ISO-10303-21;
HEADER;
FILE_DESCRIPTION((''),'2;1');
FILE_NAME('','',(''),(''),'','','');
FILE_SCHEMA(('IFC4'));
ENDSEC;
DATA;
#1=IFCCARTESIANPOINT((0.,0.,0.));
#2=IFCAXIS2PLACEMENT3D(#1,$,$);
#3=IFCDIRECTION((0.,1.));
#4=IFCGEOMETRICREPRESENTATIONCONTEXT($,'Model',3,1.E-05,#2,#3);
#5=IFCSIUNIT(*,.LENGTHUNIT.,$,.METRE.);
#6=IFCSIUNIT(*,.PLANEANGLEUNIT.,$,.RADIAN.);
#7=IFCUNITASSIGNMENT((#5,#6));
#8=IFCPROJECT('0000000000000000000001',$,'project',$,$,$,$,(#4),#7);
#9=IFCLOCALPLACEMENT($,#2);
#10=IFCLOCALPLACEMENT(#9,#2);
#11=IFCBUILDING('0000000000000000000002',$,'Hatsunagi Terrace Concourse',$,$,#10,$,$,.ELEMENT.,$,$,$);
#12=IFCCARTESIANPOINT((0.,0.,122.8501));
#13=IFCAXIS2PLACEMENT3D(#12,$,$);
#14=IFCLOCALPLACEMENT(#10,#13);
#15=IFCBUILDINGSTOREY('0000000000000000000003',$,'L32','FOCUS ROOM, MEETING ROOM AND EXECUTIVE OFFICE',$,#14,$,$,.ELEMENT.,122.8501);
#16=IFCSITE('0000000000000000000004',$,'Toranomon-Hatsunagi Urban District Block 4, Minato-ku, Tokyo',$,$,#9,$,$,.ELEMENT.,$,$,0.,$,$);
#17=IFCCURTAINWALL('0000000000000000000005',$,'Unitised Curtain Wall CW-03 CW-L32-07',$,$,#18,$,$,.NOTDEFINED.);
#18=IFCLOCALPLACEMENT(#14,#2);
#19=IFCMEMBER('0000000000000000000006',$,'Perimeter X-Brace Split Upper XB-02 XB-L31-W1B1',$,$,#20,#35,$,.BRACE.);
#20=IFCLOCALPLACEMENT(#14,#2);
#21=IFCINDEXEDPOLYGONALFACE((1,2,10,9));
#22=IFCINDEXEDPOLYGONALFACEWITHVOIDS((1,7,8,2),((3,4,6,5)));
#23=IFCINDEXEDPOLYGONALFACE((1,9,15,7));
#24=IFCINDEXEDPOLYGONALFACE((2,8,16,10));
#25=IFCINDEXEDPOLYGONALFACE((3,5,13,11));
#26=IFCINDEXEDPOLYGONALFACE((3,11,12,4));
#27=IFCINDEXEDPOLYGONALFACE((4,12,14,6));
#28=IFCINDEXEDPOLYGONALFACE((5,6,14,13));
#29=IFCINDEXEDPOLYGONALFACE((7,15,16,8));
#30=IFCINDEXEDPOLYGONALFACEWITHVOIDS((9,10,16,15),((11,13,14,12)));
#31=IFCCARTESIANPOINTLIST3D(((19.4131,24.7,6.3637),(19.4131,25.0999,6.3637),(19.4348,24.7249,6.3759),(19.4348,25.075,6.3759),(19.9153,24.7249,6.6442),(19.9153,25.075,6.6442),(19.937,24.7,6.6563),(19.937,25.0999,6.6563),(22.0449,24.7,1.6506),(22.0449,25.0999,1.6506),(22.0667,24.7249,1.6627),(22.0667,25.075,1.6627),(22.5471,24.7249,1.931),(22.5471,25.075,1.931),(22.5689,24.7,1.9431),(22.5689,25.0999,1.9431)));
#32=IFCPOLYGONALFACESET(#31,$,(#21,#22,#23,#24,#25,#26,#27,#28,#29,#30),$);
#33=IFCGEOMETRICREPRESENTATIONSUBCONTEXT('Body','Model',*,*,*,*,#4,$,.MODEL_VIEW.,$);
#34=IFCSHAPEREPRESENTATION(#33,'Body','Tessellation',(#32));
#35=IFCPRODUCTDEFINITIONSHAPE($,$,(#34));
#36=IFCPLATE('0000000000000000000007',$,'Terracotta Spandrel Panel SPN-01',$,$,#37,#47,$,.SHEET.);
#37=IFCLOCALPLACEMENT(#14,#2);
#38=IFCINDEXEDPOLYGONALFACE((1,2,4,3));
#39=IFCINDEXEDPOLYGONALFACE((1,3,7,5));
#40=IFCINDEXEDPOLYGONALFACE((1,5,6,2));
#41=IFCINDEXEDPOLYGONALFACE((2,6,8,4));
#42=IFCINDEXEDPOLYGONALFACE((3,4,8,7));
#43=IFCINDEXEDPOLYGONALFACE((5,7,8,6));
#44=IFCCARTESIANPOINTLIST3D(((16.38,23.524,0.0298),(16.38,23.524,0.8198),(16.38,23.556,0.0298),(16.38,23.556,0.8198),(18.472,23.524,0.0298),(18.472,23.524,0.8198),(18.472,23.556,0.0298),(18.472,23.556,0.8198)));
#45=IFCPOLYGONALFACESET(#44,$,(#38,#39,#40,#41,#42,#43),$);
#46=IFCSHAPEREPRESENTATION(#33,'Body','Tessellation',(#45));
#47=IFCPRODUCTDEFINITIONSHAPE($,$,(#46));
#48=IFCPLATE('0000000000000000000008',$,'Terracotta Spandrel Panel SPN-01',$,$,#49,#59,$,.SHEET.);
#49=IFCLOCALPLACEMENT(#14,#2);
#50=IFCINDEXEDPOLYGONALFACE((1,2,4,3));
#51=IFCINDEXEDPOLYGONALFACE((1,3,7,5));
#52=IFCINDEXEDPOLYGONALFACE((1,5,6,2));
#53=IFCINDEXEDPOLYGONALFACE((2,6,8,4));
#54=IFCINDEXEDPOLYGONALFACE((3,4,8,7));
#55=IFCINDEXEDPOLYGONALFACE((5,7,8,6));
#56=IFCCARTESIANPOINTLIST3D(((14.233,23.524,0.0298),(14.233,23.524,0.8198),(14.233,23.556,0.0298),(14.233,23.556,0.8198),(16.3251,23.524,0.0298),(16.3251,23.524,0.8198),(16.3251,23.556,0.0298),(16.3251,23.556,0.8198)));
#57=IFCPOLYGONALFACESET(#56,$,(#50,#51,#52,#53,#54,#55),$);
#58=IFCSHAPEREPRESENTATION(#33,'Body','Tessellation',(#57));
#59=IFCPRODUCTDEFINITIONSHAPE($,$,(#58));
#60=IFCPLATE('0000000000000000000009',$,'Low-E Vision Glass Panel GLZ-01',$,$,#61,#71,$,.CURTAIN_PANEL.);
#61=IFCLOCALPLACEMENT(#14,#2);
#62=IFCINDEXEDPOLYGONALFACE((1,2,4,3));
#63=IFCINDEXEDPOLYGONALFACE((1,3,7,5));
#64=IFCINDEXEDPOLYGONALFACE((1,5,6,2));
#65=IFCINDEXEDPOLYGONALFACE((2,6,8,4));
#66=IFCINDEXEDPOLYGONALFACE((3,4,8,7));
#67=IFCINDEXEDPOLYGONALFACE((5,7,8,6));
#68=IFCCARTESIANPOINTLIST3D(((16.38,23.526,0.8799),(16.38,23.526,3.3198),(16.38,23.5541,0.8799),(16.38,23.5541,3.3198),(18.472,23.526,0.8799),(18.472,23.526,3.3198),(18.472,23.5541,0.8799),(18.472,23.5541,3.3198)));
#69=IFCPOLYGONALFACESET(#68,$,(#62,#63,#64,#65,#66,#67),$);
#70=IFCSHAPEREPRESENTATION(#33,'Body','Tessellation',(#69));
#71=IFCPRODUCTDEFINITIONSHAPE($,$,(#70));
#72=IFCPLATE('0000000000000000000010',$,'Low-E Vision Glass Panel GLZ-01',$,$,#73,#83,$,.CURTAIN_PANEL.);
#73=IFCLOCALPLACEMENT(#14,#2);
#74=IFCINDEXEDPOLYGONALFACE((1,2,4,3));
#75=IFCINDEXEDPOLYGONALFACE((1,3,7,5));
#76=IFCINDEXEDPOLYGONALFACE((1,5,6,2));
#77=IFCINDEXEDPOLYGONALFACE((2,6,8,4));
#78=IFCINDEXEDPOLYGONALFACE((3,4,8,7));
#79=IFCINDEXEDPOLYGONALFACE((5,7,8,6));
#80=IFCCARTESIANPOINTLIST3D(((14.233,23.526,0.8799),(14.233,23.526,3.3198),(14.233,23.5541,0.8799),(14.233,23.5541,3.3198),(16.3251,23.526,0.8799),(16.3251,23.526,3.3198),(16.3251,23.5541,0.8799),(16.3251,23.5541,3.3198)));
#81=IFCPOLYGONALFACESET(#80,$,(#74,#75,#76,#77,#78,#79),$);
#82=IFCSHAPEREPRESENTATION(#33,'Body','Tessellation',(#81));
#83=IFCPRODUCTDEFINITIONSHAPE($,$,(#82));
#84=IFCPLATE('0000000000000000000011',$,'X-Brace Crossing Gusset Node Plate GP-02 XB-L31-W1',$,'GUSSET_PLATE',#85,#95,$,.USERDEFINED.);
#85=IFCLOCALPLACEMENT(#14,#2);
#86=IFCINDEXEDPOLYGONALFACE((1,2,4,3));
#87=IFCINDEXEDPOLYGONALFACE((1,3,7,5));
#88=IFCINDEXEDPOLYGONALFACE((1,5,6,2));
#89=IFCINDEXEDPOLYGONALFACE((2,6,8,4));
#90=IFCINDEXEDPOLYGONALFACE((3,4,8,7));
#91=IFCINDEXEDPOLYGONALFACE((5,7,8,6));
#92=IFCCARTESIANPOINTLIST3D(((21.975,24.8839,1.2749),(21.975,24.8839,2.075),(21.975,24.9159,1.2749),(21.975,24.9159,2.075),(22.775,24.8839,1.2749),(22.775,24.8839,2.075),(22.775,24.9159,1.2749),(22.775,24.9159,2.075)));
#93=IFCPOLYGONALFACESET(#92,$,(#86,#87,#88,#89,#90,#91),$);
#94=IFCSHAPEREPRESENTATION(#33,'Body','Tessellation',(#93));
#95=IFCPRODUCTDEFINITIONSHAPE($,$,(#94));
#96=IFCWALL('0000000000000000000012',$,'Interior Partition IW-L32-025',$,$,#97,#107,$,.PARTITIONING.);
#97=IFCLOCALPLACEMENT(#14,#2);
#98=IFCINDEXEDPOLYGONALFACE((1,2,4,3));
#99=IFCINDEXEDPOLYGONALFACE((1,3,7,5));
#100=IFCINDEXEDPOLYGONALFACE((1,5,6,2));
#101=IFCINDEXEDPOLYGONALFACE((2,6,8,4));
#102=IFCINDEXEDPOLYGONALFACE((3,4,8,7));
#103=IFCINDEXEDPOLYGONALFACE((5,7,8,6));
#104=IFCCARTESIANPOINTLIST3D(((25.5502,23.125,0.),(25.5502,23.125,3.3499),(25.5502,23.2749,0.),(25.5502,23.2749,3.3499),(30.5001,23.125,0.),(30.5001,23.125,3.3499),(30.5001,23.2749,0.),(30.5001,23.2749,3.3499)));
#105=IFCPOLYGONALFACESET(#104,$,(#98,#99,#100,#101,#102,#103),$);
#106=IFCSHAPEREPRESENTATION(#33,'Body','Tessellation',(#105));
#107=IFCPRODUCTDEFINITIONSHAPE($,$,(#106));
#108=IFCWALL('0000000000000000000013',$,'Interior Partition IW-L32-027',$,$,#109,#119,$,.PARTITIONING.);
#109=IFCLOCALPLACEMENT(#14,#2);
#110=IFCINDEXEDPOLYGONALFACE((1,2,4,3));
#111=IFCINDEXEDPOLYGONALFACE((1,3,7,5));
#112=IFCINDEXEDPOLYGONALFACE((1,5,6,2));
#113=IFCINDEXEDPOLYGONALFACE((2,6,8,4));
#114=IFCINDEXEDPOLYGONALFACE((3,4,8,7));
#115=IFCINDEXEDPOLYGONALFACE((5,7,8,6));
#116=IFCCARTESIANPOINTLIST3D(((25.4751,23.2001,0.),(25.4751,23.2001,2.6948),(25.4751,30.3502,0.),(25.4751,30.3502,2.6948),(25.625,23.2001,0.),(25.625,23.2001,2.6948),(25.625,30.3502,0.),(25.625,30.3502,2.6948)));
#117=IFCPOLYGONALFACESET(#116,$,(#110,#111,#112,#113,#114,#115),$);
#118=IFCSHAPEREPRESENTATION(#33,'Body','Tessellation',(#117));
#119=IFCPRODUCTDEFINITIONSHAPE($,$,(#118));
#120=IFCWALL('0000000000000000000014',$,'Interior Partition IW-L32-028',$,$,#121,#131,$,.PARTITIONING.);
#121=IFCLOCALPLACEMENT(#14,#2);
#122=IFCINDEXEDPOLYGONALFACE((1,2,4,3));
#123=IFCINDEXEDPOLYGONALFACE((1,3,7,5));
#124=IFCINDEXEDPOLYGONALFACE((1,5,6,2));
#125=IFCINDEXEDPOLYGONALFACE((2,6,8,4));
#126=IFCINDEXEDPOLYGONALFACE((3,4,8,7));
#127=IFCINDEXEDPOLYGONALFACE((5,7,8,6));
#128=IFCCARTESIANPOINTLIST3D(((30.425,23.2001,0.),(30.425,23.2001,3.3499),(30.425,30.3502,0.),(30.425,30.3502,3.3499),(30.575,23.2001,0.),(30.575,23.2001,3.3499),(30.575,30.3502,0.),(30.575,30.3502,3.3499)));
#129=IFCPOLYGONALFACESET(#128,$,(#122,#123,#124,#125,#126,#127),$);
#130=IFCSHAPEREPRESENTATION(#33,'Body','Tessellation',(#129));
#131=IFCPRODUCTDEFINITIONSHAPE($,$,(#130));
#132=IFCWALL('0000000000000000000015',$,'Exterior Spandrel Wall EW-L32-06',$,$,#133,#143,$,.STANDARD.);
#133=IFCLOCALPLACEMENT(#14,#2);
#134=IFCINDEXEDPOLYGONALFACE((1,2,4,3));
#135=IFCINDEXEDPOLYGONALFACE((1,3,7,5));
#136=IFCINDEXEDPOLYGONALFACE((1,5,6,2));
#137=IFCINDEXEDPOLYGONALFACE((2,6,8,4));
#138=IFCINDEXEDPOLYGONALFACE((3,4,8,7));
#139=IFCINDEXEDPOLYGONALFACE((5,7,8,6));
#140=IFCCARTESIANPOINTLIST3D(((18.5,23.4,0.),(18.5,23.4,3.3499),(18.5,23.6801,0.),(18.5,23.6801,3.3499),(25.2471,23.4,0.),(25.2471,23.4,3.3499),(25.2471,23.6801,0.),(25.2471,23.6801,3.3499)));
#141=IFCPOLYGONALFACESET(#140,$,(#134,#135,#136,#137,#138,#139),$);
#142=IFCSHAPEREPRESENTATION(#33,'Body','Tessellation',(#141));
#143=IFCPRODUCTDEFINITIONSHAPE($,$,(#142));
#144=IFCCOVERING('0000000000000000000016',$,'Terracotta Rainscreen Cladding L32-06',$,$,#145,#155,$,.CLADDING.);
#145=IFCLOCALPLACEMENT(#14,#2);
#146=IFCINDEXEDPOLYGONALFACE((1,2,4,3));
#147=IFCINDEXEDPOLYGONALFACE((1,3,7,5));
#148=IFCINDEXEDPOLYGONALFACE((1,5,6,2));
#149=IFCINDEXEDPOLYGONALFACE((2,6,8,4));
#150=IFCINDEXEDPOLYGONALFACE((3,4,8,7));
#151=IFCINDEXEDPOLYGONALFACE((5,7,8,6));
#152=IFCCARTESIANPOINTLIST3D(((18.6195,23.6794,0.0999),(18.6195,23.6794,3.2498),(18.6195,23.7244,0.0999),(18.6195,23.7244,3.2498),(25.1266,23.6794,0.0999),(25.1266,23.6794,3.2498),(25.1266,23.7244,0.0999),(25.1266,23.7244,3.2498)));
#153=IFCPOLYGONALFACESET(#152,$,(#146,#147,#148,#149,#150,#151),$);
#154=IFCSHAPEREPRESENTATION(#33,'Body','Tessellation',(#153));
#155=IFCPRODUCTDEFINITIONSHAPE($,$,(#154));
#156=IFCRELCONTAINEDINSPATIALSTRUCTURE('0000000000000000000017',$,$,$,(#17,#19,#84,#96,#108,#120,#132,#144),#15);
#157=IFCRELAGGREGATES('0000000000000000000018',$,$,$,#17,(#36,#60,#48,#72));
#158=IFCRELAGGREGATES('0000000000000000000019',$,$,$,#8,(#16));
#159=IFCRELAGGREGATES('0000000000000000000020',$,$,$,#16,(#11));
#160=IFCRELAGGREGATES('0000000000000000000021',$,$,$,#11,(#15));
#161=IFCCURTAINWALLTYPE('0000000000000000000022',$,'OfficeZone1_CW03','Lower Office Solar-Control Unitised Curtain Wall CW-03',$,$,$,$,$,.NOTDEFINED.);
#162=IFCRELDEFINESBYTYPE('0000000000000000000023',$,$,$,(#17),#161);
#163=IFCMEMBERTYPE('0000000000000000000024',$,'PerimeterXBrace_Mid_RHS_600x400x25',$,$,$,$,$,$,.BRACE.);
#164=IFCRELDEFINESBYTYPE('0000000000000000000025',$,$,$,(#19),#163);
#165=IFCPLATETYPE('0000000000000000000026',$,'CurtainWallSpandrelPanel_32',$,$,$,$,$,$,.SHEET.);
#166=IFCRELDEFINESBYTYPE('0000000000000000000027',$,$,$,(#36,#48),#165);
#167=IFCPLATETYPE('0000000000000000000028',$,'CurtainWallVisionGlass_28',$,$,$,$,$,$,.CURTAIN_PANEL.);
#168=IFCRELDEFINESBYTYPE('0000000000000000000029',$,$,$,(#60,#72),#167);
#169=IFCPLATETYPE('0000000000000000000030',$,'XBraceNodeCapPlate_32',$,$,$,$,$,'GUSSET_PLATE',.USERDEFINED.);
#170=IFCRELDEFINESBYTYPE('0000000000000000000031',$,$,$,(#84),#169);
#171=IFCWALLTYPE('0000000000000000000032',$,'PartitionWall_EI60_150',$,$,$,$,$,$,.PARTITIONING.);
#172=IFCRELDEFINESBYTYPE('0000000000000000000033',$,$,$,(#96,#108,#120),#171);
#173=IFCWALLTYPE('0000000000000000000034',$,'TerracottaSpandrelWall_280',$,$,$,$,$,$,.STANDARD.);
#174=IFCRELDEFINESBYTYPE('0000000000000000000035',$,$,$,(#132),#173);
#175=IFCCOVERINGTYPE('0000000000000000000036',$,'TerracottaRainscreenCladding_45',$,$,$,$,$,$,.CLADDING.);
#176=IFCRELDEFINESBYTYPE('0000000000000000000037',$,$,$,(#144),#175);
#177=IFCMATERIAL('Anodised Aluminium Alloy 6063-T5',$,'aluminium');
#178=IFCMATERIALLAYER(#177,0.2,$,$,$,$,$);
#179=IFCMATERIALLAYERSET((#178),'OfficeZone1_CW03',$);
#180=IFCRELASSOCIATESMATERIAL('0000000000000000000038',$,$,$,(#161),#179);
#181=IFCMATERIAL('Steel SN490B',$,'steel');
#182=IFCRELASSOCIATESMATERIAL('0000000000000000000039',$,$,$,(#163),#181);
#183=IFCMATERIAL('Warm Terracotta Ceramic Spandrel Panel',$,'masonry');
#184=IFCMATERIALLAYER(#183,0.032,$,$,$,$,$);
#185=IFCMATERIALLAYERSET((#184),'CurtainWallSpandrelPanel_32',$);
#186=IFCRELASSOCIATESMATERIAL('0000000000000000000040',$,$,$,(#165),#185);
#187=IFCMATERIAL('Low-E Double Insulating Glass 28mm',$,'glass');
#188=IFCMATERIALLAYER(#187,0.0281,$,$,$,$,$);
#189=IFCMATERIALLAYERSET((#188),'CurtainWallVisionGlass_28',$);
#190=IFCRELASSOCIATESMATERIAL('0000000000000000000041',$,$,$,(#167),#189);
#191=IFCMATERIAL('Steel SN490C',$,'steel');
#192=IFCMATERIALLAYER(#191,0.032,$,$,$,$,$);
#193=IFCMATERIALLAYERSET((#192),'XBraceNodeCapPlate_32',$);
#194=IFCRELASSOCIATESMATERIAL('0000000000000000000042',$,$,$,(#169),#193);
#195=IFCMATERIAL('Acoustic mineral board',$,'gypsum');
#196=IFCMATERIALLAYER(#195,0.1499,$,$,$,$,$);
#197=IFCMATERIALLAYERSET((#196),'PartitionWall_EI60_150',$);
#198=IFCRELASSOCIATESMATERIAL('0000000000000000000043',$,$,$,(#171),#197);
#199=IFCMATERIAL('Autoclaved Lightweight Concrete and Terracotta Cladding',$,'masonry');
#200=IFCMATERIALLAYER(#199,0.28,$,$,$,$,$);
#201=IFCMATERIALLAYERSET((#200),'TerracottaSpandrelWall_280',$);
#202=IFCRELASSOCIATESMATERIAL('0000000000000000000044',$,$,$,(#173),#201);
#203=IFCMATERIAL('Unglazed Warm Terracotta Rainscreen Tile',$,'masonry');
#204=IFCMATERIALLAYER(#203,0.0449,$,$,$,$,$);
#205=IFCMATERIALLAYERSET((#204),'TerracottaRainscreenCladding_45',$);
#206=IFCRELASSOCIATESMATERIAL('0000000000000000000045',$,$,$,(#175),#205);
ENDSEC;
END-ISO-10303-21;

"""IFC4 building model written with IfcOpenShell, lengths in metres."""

from ifc_helpers import new_model, si_unit, direction, frame, frame_2d, origin, origin_2d, place, context, subcontext, project, spatial, rectangle, hollow_rectangle, extrude, material, layer, layer_set, material_profile, profile_set, type_object, element, aggregate, save


model = new_model("IFC4")

# Units and contexts
model_context = context("Model", 3, precision=1e-05, world=origin(), true_north=direction((0.0, 1.0)))
body_context = subcontext(model_context, "Body", "Model", "MODEL_VIEW")
ifc_project = project(units=[si_unit("LENGTHUNIT", "METRE"), si_unit("PLANEANGLEUNIT", "RADIAN")], contexts=[model_context])

# Site, building, storey
site_placement = place(None, origin())
site = spatial("IfcSite", under=ifc_project, at=site_placement, Name="Toranomon-Hatsunagi Urban District Block 4, Minato-ku, Tokyo", CompositionType="ELEMENT", RefElevation=0.0)
building_placement = place(site_placement, origin())
building = spatial("IfcBuilding", under=site, at=building_placement, Name="Hatsunagi Terrace Concourse", CompositionType="ELEMENT")
storey_placement = place(building_placement, frame((0.0, 0.0, 122.8501)))
storey = spatial("IfcBuildingStorey", under=building, at=storey_placement, Name="L32", Description="FOCUS ROOM, MEETING ROOM AND EXECUTIVE OFFICE", CompositionType="ELEMENT", Elevation=122.8501)

# Curtain wall
ifc_material_1 = material(Name="Anodised Aluminium Alloy 6063-T5", Category="aluminium")
ifc_layer_1 = layer(ifc_material_1, 0.2)
ifc_layer_set_1 = layer_set([ifc_layer_1], Name="OfficeZone1_CW03")
curtain_wall_type = type_object("IfcCurtainWallType", Name="OfficeZone1_CW03", Description="Lower Office Solar-Control Unitised Curtain Wall CW-03", PredefinedType="NOTDEFINED", material=ifc_layer_set_1)
curtain_wall_placement = place(storey_placement, origin())
curtain_wall = element("IfcCurtainWall", 1, at=curtain_wall_placement, inside=storey, type_object=curtain_wall_type, Name="Unitised Curtain Wall CW-03 CW-L32-07", PredefinedType="NOTDEFINED")

# Member
ifc_material_2 = material(Name="Steel SN490B", Category="steel")
ifc_material_profile_1 = material_profile(ifc_material_2, hollow_rectangle(XDim=0.3999, YDim=0.6001, WallThickness=0.0249, at=origin_2d()), Name="RHS-600x400x25")
ifc_profile_set_1 = profile_set([ifc_material_profile_1], Name="Steel SN490B")
member_type_1 = type_object("IfcMemberType", Name="PerimeterXBrace_Mid_RHS_600x400x25", PredefinedType="BRACE", material=ifc_profile_set_1)
member_1_placement = place(storey_placement, frame((19.675, 24.8999, 6.51), z_axis=(0.487543, 0.0, -0.873099), x_axis=(0.0, 1.0, 0.0)))
element("IfcMember", 2, at=member_1_placement, inside=storey, type_object=member_type_1, Name="Perimeter X-Brace Split Upper XB-02 XB-L31-W1B1", PredefinedType="BRACE", context=body_context, shape_type="SweptSolid", body=[
    extrude(hollow_rectangle(XDim=0.3999, YDim=0.6001, WallThickness=0.0249, at=origin_2d()), origin(), (0.0, 0.0, 1.0), 5.3982),
])

# Plates
ifc_material_3 = material(Name="Warm Terracotta Ceramic Spandrel Panel", Category="masonry")
ifc_layer_2 = layer(ifc_material_3, 0.032)
ifc_layer_set_2 = layer_set([ifc_layer_2], Name="CurtainWallSpandrelPanel_32")
plate_type_1 = type_object("IfcPlateType", Name="CurtainWallSpandrelPanel_32", PredefinedType="SHEET", material=ifc_layer_set_2)
plate_1_placement = place(storey_placement, frame((17.426, 23.54, 0.0298), z_axis=(0.0, 0.0, 1.0), x_axis=(-1.0, 0.0, 0.0)))
plate_1 = element("IfcPlate", 3, at=plate_1_placement, type_object=plate_type_1, Name="Terracotta Spandrel Panel SPN-01", PredefinedType="SHEET", context=body_context, shape_type="SweptSolid", body=[
    extrude(rectangle(XDim=2.092, YDim=0.032, at=origin_2d()), origin(), (0.0, 0.0, 1.0), 0.79),
])
plate_2_placement = place(storey_placement, frame((15.2791, 23.54, 0.0298), z_axis=(0.0, 0.0, 1.0), x_axis=(-1.0, 0.0, 0.0)))
plate_2 = element("IfcPlate", 4, at=plate_2_placement, type_object=plate_type_1, Name="Terracotta Spandrel Panel SPN-01", PredefinedType="SHEET", context=body_context, shape_type="SweptSolid", body=[
    extrude(rectangle(XDim=2.092, YDim=0.032, at=origin_2d()), origin(), (0.0, 0.0, 1.0), 0.79),
])
ifc_material_4 = material(Name="Low-E Double Insulating Glass 28mm", Category="glass")
ifc_layer_3 = layer(ifc_material_4, 0.0281)
ifc_layer_set_3 = layer_set([ifc_layer_3], Name="CurtainWallVisionGlass_28")
plate_type_2 = type_object("IfcPlateType", Name="CurtainWallVisionGlass_28", PredefinedType="CURTAIN_PANEL", material=ifc_layer_set_3)
plate_3_placement = place(storey_placement, frame((17.426, 23.54, 0.8799), z_axis=(0.0, 0.0, 1.0), x_axis=(-1.0, 0.0, 0.0)))
plate_3 = element("IfcPlate", 5, at=plate_3_placement, type_object=plate_type_2, Name="Low-E Vision Glass Panel GLZ-01", PredefinedType="CURTAIN_PANEL", context=body_context, shape_type="SweptSolid", body=[
    extrude(rectangle(XDim=2.092, YDim=0.0281, at=origin_2d()), origin(), (0.0, 0.0, 1.0), 2.4399),
])
plate_4_placement = place(storey_placement, frame((15.2791, 23.54, 0.8799), z_axis=(0.0, 0.0, 1.0), x_axis=(-1.0, 0.0, 0.0)))
plate_4 = element("IfcPlate", 6, at=plate_4_placement, type_object=plate_type_2, Name="Low-E Vision Glass Panel GLZ-01", PredefinedType="CURTAIN_PANEL", context=body_context, shape_type="SweptSolid", body=[
    extrude(rectangle(XDim=2.092, YDim=0.0281, at=origin_2d()), origin(), (0.0, 0.0, 1.0), 2.4399),
])
aggregate(curtain_wall, [plate_1, plate_3, plate_2, plate_4])
ifc_material_5 = material(Name="Steel SN490C", Category="steel")
ifc_layer_4 = layer(ifc_material_5, 0.032)
ifc_layer_set_4 = layer_set([ifc_layer_4], Name="XBraceNodeCapPlate_32")
plate_type_3 = type_object("IfcPlateType", Name="XBraceNodeCapPlate_32", ElementType="GUSSET_PLATE", PredefinedType="USERDEFINED", material=ifc_layer_set_4)
plate_5_placement = place(storey_placement, frame((22.375, 24.8999, 1.2749), z_axis=(0.0, 0.0, 1.0), x_axis=(1.0, 0.0, 0.0)))
element("IfcPlate", 7, at=plate_5_placement, inside=storey, type_object=plate_type_3, Name="X-Brace Crossing Gusset Node Plate GP-02 XB-L31-W1", ObjectType="GUSSET_PLATE", PredefinedType="USERDEFINED", context=body_context, shape_type="SweptSolid", body=[
    extrude(rectangle(XDim=0.8, YDim=0.032, at=origin_2d()), origin(), (0.0, 0.0, 1.0), 0.8),
])

# Walls
ifc_material_6 = material(Name="Acoustic mineral board", Category="gypsum")
ifc_layer_5 = layer(ifc_material_6, 0.1499)
ifc_layer_set_5 = layer_set([ifc_layer_5], Name="PartitionWall_EI60_150")
wall_type_1 = type_object("IfcWallType", Name="PartitionWall_EI60_150", PredefinedType="PARTITIONING", material=ifc_layer_set_5)
wall_1_placement = place(storey_placement, frame((25.55, 23.2, 0.0), z_axis=(0.0, 0.0, 1.0), x_axis=(1.0, 0.0, 0.0)))
element("IfcWall", 8, at=wall_1_placement, inside=storey, type_object=wall_type_1, Name="Interior Partition IW-L32-025", PredefinedType="PARTITIONING", context=body_context, shape_type="SweptSolid", body=[
    extrude(rectangle(XDim=4.95, YDim=0.1499, at=frame_2d((2.4751, 0.0))), origin(), (0.0, 0.0, 1.0), 3.3499),
])
wall_2_placement = place(storey_placement, frame((25.55, 23.2, 0.0), z_axis=(0.0, 0.0, 1.0), x_axis=(0.0, 1.0, 0.0)))
element("IfcWall", 9, at=wall_2_placement, inside=storey, type_object=wall_type_1, Name="Interior Partition IW-L32-027", PredefinedType="PARTITIONING", context=body_context, shape_type="SweptSolid", body=[
    extrude(rectangle(XDim=7.1501, YDim=0.1499, at=frame_2d((3.5752, 0.0))), origin(), (0.0, 0.0, 1.0), 2.6948),
])
wall_3_placement = place(storey_placement, frame((30.5, 23.2, 0.0), z_axis=(0.0, 0.0, 1.0), x_axis=(0.0, 1.0, 0.0)))
element("IfcWall", 10, at=wall_3_placement, inside=storey, type_object=wall_type_1, Name="Interior Partition IW-L32-028", PredefinedType="PARTITIONING", context=body_context, shape_type="SweptSolid", body=[
    extrude(rectangle(XDim=7.1501, YDim=0.1499, at=frame_2d((3.5752, 0.0))), origin(), (0.0, 0.0, 1.0), 3.3499),
])

# Wall
ifc_material_7 = material(Name="Autoclaved Lightweight Concrete and Terracotta Cladding", Category="masonry")
ifc_layer_6 = layer(ifc_material_7, 0.28)
ifc_layer_set_6 = layer_set([ifc_layer_6], Name="TerracottaSpandrelWall_280")
wall_type_2 = type_object("IfcWallType", Name="TerracottaSpandrelWall_280", PredefinedType="STANDARD", material=ifc_layer_set_6)
wall_4_placement = place(storey_placement, frame((25.2471, 23.54, 0.0), z_axis=(0.0, 0.0, 1.0), x_axis=(-1.0, 0.0, 0.0)))
element("IfcWall", 11, at=wall_4_placement, inside=storey, type_object=wall_type_2, Name="Exterior Spandrel Wall EW-L32-06", PredefinedType="STANDARD", context=body_context, shape_type="SweptSolid", body=[
    extrude(rectangle(XDim=6.7471, YDim=0.28, at=frame_2d((3.3735, 0.0))), origin(), (0.0, 0.0, 1.0), 3.3499),
])

# Covering
ifc_material_8 = material(Name="Unglazed Warm Terracotta Rainscreen Tile", Category="masonry")
ifc_layer_7 = layer(ifc_material_8, 0.0449)
ifc_layer_set_7 = layer_set([ifc_layer_7], Name="TerracottaRainscreenCladding_45")
covering_type = type_object("IfcCoveringType", Name="TerracottaRainscreenCladding_45", PredefinedType="CLADDING", material=ifc_layer_set_7)
covering_placement = place(storey_placement, frame((21.873, 23.7019, 0.0999), z_axis=(0.0, 0.0, 1.0), x_axis=(-1.0, 0.0, 0.0)))
element("IfcCovering", 12, at=covering_placement, inside=storey, type_object=covering_type, Name="Terracotta Rainscreen Cladding L32-06", PredefinedType="CLADDING", context=body_context, shape_type="SweptSolid", body=[
    extrude(rectangle(XDim=6.5071, YDim=0.0449, at=origin_2d()), origin(), (0.0, 0.0, 1.0), 3.1499),
])

save(model, "model.ifc")
